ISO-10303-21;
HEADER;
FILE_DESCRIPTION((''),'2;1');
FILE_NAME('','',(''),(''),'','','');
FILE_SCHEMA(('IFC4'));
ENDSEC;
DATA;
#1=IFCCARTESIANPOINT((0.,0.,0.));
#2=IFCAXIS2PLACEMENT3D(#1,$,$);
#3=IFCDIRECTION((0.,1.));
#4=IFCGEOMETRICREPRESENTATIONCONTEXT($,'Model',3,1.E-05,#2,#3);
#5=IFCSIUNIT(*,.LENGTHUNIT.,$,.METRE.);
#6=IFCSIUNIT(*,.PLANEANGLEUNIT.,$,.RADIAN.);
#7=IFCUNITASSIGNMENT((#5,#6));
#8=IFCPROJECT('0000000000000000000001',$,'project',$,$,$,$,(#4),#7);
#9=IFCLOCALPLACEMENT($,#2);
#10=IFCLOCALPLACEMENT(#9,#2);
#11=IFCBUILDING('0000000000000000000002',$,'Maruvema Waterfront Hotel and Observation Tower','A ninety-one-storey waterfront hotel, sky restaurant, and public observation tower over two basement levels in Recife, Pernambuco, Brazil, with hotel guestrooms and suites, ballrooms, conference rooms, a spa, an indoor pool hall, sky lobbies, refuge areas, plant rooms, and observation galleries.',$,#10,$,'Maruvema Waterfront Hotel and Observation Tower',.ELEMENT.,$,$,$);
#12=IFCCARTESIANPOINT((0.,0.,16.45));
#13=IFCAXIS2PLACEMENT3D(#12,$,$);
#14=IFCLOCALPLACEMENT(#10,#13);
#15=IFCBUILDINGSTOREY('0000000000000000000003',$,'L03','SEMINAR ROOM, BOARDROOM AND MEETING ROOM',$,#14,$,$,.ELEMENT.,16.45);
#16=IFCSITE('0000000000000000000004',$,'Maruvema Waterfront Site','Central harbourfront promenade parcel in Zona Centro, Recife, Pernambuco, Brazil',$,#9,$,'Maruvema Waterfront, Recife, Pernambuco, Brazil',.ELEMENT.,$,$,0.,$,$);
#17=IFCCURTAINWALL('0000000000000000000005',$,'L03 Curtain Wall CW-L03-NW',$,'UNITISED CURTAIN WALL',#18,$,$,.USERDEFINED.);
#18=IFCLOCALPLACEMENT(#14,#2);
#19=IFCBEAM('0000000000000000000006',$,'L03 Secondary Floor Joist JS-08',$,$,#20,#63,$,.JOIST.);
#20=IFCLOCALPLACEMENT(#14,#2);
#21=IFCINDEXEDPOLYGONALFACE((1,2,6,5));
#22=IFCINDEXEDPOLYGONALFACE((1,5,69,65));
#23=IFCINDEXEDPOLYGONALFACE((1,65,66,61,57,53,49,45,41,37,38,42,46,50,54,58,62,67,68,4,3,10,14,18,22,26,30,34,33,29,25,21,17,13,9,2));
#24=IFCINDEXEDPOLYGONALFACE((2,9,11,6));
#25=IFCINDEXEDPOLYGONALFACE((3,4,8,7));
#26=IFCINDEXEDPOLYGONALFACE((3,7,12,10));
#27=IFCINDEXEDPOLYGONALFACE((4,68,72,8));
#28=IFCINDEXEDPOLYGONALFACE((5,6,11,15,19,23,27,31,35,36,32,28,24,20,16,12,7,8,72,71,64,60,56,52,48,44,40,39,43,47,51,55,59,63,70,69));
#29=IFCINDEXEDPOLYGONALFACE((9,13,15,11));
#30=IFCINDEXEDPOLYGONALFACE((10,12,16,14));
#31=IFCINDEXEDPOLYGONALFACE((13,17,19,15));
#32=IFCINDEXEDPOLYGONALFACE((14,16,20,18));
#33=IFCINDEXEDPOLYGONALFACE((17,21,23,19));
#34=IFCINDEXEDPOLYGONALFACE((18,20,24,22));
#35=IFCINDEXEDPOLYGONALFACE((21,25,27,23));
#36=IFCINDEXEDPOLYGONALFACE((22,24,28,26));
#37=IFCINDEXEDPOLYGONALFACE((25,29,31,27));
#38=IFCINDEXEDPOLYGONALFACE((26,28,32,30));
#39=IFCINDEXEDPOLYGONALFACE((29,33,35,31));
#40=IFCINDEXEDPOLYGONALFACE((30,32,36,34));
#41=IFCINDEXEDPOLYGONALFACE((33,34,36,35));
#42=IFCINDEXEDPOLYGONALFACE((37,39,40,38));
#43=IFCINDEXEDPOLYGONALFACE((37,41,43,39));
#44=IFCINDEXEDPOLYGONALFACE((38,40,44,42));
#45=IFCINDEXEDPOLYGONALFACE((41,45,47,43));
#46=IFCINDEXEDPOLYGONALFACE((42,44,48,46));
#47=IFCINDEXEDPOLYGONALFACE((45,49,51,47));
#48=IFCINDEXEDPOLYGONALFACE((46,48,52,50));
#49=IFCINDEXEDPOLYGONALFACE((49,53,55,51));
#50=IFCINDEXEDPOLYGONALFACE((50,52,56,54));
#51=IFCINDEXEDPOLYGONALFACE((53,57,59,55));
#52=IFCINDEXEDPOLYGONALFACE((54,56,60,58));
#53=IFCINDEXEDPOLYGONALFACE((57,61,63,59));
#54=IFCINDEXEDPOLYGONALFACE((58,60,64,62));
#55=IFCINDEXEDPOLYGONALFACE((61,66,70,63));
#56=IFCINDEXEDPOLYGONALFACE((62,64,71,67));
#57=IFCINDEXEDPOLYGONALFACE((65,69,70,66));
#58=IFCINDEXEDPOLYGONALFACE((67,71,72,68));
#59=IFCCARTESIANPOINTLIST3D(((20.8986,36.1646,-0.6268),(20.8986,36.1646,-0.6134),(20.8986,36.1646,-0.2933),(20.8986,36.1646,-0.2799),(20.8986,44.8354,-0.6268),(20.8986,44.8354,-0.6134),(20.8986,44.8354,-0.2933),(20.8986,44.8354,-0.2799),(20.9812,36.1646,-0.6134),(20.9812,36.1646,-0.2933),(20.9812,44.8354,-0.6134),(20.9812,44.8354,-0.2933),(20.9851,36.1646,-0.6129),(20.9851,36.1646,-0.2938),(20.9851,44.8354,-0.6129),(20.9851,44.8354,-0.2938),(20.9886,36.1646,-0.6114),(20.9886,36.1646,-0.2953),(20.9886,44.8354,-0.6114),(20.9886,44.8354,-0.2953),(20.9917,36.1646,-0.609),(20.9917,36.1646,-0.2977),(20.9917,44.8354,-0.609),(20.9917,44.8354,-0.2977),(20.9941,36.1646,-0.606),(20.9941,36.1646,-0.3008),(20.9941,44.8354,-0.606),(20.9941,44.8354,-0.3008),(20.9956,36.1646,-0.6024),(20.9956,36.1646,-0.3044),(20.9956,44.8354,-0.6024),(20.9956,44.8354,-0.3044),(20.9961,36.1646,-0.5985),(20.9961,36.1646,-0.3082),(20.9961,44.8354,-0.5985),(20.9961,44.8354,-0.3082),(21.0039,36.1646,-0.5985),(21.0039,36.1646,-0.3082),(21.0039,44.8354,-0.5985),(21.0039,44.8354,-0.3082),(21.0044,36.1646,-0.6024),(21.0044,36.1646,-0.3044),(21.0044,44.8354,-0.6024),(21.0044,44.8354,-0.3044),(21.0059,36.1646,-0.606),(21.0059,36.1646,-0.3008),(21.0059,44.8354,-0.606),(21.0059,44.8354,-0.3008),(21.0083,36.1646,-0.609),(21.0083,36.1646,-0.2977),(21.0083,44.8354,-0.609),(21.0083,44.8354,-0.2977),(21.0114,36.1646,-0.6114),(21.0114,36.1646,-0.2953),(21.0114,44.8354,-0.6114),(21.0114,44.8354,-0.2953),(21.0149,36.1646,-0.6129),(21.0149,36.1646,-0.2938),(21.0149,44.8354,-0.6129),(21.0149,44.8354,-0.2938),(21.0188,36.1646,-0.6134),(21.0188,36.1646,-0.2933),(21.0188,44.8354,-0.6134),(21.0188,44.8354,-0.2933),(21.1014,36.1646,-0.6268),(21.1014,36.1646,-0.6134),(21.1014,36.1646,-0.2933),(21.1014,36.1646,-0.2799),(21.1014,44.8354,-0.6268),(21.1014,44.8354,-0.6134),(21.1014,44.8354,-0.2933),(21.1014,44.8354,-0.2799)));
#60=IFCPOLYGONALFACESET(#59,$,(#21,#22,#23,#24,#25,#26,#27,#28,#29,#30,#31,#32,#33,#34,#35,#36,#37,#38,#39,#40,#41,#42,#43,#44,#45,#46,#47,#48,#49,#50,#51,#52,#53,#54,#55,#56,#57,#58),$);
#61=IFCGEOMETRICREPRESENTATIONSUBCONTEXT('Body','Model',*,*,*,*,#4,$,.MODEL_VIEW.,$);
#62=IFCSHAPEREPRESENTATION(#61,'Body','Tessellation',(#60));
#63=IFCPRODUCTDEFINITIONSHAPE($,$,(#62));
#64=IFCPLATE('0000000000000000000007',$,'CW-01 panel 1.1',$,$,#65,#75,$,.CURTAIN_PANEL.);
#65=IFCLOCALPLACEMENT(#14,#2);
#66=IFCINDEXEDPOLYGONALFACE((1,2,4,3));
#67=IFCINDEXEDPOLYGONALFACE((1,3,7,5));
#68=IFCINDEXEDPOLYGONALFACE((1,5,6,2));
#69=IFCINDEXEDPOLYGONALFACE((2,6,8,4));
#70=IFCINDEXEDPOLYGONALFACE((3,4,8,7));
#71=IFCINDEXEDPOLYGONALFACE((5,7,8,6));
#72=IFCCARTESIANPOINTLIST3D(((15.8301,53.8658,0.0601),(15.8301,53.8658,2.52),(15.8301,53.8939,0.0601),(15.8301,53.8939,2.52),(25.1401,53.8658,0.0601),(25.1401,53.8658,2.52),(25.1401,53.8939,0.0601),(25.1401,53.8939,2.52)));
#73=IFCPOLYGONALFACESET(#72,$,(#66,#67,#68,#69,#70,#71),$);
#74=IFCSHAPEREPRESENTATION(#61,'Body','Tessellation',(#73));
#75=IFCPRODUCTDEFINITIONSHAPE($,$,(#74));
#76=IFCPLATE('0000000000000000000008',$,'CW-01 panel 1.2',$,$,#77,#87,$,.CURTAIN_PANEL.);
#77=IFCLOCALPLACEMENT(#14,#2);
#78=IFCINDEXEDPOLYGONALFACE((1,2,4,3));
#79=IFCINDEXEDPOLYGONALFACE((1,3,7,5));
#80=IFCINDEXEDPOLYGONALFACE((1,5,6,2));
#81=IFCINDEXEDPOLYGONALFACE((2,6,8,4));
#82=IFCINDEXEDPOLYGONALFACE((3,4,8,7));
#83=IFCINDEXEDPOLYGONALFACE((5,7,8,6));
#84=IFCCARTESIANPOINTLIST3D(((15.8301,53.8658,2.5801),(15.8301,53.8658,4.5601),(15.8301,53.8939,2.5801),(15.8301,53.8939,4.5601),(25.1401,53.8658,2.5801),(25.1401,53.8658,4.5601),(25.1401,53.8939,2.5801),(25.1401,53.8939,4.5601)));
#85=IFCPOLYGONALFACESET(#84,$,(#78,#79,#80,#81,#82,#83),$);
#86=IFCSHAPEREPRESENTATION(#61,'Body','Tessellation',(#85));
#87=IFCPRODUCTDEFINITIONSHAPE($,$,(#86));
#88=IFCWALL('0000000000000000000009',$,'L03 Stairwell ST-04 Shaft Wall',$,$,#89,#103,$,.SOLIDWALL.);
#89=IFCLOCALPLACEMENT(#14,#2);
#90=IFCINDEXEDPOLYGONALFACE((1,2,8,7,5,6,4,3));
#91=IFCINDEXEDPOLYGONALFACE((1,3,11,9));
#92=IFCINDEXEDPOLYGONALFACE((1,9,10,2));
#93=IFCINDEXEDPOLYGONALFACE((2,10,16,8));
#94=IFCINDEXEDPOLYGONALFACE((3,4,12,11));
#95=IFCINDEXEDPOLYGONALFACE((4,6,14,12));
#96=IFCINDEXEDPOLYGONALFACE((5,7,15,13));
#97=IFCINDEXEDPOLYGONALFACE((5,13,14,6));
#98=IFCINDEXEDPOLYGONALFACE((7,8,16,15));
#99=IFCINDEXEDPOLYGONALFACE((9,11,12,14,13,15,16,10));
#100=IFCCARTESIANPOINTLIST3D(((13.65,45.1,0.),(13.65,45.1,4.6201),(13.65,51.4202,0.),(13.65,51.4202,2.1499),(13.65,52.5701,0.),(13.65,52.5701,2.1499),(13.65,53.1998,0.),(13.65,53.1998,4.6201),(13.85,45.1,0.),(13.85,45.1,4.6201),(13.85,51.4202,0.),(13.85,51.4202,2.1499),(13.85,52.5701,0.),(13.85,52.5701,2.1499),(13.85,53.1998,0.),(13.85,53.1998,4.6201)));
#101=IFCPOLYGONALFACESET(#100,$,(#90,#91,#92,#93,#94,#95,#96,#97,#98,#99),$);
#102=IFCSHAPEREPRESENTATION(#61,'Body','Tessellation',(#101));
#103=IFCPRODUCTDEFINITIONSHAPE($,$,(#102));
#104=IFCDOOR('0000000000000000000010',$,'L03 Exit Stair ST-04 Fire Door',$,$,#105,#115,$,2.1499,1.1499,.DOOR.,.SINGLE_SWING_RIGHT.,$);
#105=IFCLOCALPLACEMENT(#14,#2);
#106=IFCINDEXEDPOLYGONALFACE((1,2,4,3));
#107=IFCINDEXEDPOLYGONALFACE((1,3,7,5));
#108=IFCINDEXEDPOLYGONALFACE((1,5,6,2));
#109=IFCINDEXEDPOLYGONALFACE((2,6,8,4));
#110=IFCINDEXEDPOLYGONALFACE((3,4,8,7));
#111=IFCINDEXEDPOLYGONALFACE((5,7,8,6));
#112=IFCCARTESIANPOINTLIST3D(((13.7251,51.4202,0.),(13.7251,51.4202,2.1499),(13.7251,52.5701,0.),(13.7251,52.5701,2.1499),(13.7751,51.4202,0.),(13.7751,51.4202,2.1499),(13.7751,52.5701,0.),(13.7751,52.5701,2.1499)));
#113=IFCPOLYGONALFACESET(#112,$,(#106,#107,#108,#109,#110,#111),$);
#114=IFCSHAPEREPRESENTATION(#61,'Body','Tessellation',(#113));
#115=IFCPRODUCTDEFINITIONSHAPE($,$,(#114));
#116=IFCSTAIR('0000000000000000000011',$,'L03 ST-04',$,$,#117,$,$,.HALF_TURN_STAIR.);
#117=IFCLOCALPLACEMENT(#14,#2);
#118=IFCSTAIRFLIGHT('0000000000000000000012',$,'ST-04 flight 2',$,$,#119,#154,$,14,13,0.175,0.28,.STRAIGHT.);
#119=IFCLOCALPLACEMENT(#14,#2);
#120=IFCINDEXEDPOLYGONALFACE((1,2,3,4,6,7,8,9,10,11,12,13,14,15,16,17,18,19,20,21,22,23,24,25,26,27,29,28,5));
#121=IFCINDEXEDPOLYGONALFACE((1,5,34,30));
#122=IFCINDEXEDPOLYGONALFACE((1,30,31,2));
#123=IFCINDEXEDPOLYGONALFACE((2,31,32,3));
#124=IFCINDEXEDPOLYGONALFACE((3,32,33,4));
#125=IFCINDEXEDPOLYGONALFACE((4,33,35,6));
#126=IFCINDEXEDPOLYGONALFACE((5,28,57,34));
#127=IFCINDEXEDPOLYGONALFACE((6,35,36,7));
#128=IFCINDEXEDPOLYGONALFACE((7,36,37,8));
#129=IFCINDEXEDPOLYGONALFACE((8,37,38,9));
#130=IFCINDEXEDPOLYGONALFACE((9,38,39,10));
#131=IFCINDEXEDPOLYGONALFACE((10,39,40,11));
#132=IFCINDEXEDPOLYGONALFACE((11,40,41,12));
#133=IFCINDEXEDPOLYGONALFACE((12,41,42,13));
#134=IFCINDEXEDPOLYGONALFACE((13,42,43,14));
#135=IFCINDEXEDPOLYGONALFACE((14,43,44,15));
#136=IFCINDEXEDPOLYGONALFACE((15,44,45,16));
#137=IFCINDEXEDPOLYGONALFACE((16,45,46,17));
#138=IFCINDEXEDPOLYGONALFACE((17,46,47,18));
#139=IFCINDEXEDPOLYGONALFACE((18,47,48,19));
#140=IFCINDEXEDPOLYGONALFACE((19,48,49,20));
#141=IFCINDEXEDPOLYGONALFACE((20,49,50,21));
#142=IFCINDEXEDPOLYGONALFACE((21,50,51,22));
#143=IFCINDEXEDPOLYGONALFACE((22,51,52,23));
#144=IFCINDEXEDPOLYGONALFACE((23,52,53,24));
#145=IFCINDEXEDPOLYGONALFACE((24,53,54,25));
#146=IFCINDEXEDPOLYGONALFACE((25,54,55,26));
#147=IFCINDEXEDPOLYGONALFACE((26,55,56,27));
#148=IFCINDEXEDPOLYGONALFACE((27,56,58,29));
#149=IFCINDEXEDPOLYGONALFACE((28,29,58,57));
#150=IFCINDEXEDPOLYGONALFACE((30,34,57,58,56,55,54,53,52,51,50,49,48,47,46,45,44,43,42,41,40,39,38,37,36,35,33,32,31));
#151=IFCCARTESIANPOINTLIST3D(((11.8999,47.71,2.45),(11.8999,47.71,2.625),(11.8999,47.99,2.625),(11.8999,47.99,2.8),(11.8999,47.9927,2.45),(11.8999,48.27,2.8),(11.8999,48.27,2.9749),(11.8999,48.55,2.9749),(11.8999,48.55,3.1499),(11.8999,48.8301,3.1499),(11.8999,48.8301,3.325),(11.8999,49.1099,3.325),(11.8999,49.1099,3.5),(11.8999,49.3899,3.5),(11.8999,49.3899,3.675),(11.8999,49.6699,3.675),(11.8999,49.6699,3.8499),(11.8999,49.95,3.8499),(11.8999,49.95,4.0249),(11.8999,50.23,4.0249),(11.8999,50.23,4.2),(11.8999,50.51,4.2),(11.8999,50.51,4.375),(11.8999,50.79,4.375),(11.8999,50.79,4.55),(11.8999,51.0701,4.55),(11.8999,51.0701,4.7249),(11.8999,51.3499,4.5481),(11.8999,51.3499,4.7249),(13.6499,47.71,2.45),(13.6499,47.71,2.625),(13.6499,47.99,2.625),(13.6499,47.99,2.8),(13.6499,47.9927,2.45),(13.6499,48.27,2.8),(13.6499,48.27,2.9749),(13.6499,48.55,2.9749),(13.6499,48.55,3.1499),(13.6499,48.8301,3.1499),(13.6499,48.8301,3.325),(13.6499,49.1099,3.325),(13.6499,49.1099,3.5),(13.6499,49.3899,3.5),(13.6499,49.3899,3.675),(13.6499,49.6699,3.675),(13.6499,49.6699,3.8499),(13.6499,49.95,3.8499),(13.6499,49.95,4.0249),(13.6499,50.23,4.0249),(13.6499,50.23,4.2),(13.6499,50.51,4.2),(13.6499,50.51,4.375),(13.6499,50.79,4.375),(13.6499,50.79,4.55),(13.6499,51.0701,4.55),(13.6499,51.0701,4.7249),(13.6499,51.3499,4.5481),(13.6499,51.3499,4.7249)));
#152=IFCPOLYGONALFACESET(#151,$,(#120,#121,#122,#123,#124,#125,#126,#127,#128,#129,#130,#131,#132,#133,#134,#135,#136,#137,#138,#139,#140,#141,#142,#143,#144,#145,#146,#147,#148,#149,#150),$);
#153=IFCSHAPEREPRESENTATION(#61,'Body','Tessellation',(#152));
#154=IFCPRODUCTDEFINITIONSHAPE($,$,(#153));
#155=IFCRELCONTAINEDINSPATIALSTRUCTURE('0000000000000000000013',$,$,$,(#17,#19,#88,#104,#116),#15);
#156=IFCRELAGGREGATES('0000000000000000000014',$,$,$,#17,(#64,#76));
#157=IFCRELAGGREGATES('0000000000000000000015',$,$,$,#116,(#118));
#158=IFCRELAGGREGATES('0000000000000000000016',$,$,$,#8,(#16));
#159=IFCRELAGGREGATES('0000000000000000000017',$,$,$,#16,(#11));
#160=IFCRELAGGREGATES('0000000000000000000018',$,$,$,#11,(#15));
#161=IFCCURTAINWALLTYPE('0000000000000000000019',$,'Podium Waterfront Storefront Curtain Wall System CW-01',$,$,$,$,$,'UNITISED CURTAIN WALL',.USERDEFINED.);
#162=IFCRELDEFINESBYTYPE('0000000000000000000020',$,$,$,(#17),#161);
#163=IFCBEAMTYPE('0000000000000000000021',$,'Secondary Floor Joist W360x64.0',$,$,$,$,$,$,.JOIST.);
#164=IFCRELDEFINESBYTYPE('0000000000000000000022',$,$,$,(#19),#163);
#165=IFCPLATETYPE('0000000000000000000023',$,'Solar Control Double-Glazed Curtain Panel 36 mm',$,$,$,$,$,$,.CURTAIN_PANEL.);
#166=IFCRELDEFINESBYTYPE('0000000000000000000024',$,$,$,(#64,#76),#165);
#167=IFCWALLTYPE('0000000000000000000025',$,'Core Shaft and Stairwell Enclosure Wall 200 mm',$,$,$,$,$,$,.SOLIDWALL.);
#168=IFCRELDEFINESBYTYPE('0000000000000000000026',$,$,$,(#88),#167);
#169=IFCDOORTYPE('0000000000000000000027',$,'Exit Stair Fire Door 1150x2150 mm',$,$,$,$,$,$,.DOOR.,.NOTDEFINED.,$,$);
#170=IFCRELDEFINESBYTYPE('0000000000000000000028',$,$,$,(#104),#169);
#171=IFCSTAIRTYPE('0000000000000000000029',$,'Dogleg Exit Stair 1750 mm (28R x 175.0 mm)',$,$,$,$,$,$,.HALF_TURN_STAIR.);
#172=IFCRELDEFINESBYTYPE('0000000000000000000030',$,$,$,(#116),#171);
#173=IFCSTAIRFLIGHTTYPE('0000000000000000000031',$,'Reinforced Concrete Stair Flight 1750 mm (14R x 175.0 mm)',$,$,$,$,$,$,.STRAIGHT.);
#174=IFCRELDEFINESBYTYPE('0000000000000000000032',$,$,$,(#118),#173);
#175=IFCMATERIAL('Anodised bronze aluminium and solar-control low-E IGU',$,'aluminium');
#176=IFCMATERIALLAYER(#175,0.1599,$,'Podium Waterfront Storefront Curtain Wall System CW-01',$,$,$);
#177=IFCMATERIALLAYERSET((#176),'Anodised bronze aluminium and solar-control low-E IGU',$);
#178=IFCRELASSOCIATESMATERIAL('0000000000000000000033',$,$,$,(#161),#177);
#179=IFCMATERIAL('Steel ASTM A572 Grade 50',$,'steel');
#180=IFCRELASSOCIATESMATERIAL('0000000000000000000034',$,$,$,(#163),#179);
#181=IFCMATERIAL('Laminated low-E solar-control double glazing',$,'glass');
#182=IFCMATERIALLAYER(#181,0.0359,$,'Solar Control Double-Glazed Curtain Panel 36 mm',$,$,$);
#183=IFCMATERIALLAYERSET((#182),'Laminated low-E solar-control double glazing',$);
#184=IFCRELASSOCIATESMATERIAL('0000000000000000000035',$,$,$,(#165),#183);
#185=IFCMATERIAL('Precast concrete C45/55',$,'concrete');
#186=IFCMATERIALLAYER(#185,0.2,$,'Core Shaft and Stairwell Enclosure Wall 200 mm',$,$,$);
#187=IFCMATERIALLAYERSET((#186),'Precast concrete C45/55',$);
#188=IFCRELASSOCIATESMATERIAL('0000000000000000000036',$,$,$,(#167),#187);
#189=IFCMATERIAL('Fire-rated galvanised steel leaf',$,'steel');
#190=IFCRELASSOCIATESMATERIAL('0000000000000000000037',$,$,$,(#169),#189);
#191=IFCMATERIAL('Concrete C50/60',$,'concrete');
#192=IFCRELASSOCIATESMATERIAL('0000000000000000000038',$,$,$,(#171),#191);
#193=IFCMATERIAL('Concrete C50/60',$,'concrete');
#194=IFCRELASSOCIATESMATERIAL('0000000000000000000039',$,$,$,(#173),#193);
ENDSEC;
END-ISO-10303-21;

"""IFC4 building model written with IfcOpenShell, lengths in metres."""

from ifc_helpers import new_model, si_unit, direction, frame, frame_2d, origin, origin_2d, place, context, subcontext, project, spatial, polyline, rectangle, i_section, outline, extrude, material, layer, layer_set, material_profile, profile_set, type_object, element, fill, aggregate, save


model = new_model("IFC4")

# Units and contexts
model_context = context("Model", 3, precision=1e-05, world=origin(), true_north=direction((0.0, 1.0)))
body_context = subcontext(model_context, "Body", "Model", "MODEL_VIEW")
ifc_project = project(units=[si_unit("LENGTHUNIT", "METRE"), si_unit("PLANEANGLEUNIT", "RADIAN")], contexts=[model_context])

# Site, building, storey
site_placement = place(None, origin())
site = spatial("IfcSite", under=ifc_project, at=site_placement, Name="Maruvema Waterfront Site", Description="Central harbourfront promenade parcel in Zona Centro, Recife, Pernambuco, Brazil", LongName="Maruvema Waterfront, Recife, Pernambuco, Brazil", CompositionType="ELEMENT", RefElevation=0.0)
building_placement = place(site_placement, origin())
building = spatial("IfcBuilding", under=site, at=building_placement, Name="Maruvema Waterfront Hotel and Observation Tower", Description="A ninety-one-storey waterfront hotel, sky restaurant, and public observation tower over two basement levels in Recife, Pernambuco, Brazil, with hotel guestrooms and suites, ballrooms, conference rooms, a spa, an indoor pool hall, sky lobbies, refuge areas, plant rooms, and observation galleries.", LongName="Maruvema Waterfront Hotel and Observation Tower", CompositionType="ELEMENT")
storey_placement = place(building_placement, frame((0.0, 0.0, 16.45)))
storey = spatial("IfcBuildingStorey", under=building, at=storey_placement, Name="L03", Description="SEMINAR ROOM, BOARDROOM AND MEETING ROOM", CompositionType="ELEMENT", Elevation=16.45)

# Curtain wall
ifc_material_1 = material(Name="Anodised bronze aluminium and solar-control low-E IGU", Category="aluminium")
ifc_layer_1 = layer(ifc_material_1, 0.1599, Name="Podium Waterfront Storefront Curtain Wall System CW-01")
ifc_layer_set_1 = layer_set([ifc_layer_1], Name="Anodised bronze aluminium and solar-control low-E IGU")
curtain_wall_type = type_object("IfcCurtainWallType", Name="Podium Waterfront Storefront Curtain Wall System CW-01", ElementType="UNITISED CURTAIN WALL", PredefinedType="USERDEFINED", material=ifc_layer_set_1)
curtain_wall_placement = place(storey_placement, origin())
curtain_wall = element("IfcCurtainWall", 1, at=curtain_wall_placement, inside=storey, type_object=curtain_wall_type, Name="L03 Curtain Wall CW-L03-NW", ObjectType="UNITISED CURTAIN WALL", PredefinedType="USERDEFINED")

# Beam
ifc_material_2 = material(Name="Steel ASTM A572 Grade 50", Category="steel")
ifc_material_profile_1 = material_profile(ifc_material_2, i_section(OverallWidth=0.2029, OverallDepth=0.3469, WebThickness=0.0078, FlangeThickness=0.0134, FilletRadius=0.0149, at=origin_2d()), Name="W360x64.0")
ifc_profile_set_1 = profile_set([ifc_material_profile_1], Name="Steel ASTM A572 Grade 50")
beam_type_1 = type_object("IfcBeamType", Name="Secondary Floor Joist W360x64.0", PredefinedType="JOIST", material=ifc_profile_set_1)
beam_1_placement = place(storey_placement, frame((21.0, 36.1646, -0.4534), z_axis=(0.0, 1.0, 0.0), x_axis=(-1.0, 0.0, 0.0)))
element("IfcBeam", 2, at=beam_1_placement, inside=storey, type_object=beam_type_1, Name="L03 Secondary Floor Joist JS-08", PredefinedType="JOIST", context=body_context, shape_type="SweptSolid", body=[
    extrude(i_section(OverallWidth=0.2029, OverallDepth=0.3469, WebThickness=0.0078, FlangeThickness=0.0134, FilletRadius=0.0149, at=origin_2d()), origin(), (0.0, 0.0, 1.0), 8.6709),
])

# Plates
ifc_material_3 = material(Name="Laminated low-E solar-control double glazing", Category="glass")
ifc_layer_2 = layer(ifc_material_3, 0.0359, Name="Solar Control Double-Glazed Curtain Panel 36 mm")
ifc_layer_set_2 = layer_set([ifc_layer_2], Name="Laminated low-E solar-control double glazing")
plate_type = type_object("IfcPlateType", Name="Solar Control Double-Glazed Curtain Panel 36 mm", PredefinedType="CURTAIN_PANEL", material=ifc_layer_set_2)
plate_1_placement = place(storey_placement, frame((20.4851, 53.8799, 0.0601), z_axis=(0.0, 0.0, 1.0), x_axis=(-1.0, 0.0, 0.0)))
plate_1 = element("IfcPlate", 3, at=plate_1_placement, type_object=plate_type, Name="CW-01 panel 1.1", PredefinedType="CURTAIN_PANEL", context=body_context, shape_type="SweptSolid", body=[
    extrude(rectangle(XDim=9.3101, YDim=0.0281, at=origin_2d()), origin(), (0.0, 0.0, 1.0), 2.46),
])
plate_2_placement = place(storey_placement, frame((20.4851, 53.8799, 2.5801), z_axis=(0.0, 0.0, 1.0), x_axis=(-1.0, 0.0, 0.0)))
plate_2 = element("IfcPlate", 4, at=plate_2_placement, type_object=plate_type, Name="CW-01 panel 1.2", PredefinedType="CURTAIN_PANEL", context=body_context, shape_type="SweptSolid", body=[
    extrude(rectangle(XDim=9.3101, YDim=0.0281, at=origin_2d()), origin(), (0.0, 0.0, 1.0), 1.98),
])
aggregate(curtain_wall, [plate_1, plate_2])

# Wall, opening, door
ifc_material_4 = material(Name="Precast concrete C45/55", Category="concrete")
ifc_layer_3 = layer(ifc_material_4, 0.2, Name="Core Shaft and Stairwell Enclosure Wall 200 mm")
ifc_layer_set_3 = layer_set([ifc_layer_3], Name="Precast concrete C45/55")
wall_type = type_object("IfcWallType", Name="Core Shaft and Stairwell Enclosure Wall 200 mm", PredefinedType="SOLIDWALL", material=ifc_layer_set_3)
wall_placement = place(storey_placement, frame((13.75, 45.1001, 0.0), z_axis=(0.0, 0.0, 1.0), x_axis=(0.0, 1.0, 0.0)))
wall = element("IfcWall", 5, at=wall_placement, inside=storey, type_object=wall_type, Name="L03 Stairwell ST-04 Shaft Wall", PredefinedType="SOLIDWALL", context=body_context, shape_type="SweptSolid", body=[
    extrude(rectangle(XDim=8.0999, YDim=0.2, at=frame_2d((4.0498, 0.0))), origin(), (0.0, 0.0, 1.0), 4.6201),
])
opening_placement = place(wall_placement, frame((6.3201, 0.0, 0.0)))
opening = element("IfcOpeningElement", 6, at=opening_placement, cuts=wall, PredefinedType="OPENING", context=body_context, shape_type="SweptSolid", body=[
    extrude(rectangle(XDim=1.1499, YDim=2.1499, at=frame_2d((0.575, 1.075))), frame((0.0, 0.1099, 0.0), z_axis=(0.0, -1.0, 0.0), x_axis=(1.0, 0.0, 0.0)), (0.0, 0.0, 1.0), 0.22),
])
ifc_material_5 = material(Name="Fire-rated galvanised steel leaf", Category="steel")
door_type = type_object("IfcDoorType", Name="Exit Stair Fire Door 1150x2150 mm", OperationType="NOTDEFINED", PredefinedType="DOOR", material=ifc_material_5)
door_placement = place(opening_placement, origin())
door = element("IfcDoor", 7, at=door_placement, inside=storey, type_object=door_type, Name="L03 Exit Stair ST-04 Fire Door", OperationType="SINGLE_SWING_RIGHT", OverallHeight=2.1499, OverallWidth=1.1499, PredefinedType="DOOR", context=body_context, shape_type="SweptSolid", body=[
    extrude(rectangle(XDim=1.1499, YDim=2.1499, at=frame_2d((0.575, 1.075))), frame((0.0, 0.0249, 0.0), z_axis=(0.0, -1.0, 0.0), x_axis=(1.0, 0.0, 0.0)), (0.0, 0.0, 1.0), 0.05),
])
fill(opening, door)

# Stair, stair flight
ifc_material_6 = material(Name="Concrete C50/60", Category="concrete")
stair_type = type_object("IfcStairType", Name="Dogleg Exit Stair 1750 mm (28R x 175.0 mm)", PredefinedType="HALF_TURN_STAIR", material=ifc_material_6)
stair_placement = place(storey_placement, origin())
stair = element("IfcStair", 8, at=stair_placement, inside=storey, type_object=stair_type, Name="L03 ST-04", PredefinedType="HALF_TURN_STAIR")
ifc_material_7 = material(Name="Concrete C50/60", Category="concrete")
stair_flight_type = type_object("IfcStairFlightType", Name="Reinforced Concrete Stair Flight 1750 mm (14R x 175.0 mm)", PredefinedType="STRAIGHT", material=ifc_material_7)
stair_flight_placement = place(storey_placement, frame((12.7749, 47.71, 2.45), z_axis=(0.0, 0.0, 1.0), x_axis=(0.0, 1.0, 0.0)))
stair_flight = element("IfcStairFlight", 9, at=stair_flight_placement, type_object=stair_flight_type, Name="ST-04 flight 2", NumberOfRisers=14, NumberOfTreads=13, PredefinedType="STRAIGHT", RiserHeight=0.175, TreadLength=0.28, context=body_context, shape_type="SweptSolid", body=[
    extrude(outline(polyline([(0.0, 0.0), (0.0, 0.175), (0.28, 0.175), (0.28, 0.3501), (0.5601, 0.3501), (0.5601, 0.5249), (0.8401, 0.5249), (0.8401, 0.7), (1.1201, 0.7), (1.1201, 0.875), (1.3999, 0.875), (1.3999, 1.05), (1.6799, 1.05), (1.6799, 1.2251), (1.96, 1.2251), (1.96, 1.3999), (2.24, 1.3999), (2.24, 1.575), (2.52, 1.575), (2.52, 1.75), (2.8, 1.75), (2.8, 1.925), (3.0801, 1.925), (3.0801, 2.1001), (3.3601, 2.1001), (3.3601, 2.2749), (3.6399, 2.2749), (3.6399, 2.45), (3.6399, 2.0981), (0.2827, 0.0), (0.0, 0.0)])), frame((0.0, 0.875, 0.0), z_axis=(0.0, -1.0, 0.0), x_axis=(1.0, 0.0, 0.0)), (0.0, 0.0, 1.0), 1.75),
])
aggregate(stair, [stair_flight])

save(model, "model.ifc")
